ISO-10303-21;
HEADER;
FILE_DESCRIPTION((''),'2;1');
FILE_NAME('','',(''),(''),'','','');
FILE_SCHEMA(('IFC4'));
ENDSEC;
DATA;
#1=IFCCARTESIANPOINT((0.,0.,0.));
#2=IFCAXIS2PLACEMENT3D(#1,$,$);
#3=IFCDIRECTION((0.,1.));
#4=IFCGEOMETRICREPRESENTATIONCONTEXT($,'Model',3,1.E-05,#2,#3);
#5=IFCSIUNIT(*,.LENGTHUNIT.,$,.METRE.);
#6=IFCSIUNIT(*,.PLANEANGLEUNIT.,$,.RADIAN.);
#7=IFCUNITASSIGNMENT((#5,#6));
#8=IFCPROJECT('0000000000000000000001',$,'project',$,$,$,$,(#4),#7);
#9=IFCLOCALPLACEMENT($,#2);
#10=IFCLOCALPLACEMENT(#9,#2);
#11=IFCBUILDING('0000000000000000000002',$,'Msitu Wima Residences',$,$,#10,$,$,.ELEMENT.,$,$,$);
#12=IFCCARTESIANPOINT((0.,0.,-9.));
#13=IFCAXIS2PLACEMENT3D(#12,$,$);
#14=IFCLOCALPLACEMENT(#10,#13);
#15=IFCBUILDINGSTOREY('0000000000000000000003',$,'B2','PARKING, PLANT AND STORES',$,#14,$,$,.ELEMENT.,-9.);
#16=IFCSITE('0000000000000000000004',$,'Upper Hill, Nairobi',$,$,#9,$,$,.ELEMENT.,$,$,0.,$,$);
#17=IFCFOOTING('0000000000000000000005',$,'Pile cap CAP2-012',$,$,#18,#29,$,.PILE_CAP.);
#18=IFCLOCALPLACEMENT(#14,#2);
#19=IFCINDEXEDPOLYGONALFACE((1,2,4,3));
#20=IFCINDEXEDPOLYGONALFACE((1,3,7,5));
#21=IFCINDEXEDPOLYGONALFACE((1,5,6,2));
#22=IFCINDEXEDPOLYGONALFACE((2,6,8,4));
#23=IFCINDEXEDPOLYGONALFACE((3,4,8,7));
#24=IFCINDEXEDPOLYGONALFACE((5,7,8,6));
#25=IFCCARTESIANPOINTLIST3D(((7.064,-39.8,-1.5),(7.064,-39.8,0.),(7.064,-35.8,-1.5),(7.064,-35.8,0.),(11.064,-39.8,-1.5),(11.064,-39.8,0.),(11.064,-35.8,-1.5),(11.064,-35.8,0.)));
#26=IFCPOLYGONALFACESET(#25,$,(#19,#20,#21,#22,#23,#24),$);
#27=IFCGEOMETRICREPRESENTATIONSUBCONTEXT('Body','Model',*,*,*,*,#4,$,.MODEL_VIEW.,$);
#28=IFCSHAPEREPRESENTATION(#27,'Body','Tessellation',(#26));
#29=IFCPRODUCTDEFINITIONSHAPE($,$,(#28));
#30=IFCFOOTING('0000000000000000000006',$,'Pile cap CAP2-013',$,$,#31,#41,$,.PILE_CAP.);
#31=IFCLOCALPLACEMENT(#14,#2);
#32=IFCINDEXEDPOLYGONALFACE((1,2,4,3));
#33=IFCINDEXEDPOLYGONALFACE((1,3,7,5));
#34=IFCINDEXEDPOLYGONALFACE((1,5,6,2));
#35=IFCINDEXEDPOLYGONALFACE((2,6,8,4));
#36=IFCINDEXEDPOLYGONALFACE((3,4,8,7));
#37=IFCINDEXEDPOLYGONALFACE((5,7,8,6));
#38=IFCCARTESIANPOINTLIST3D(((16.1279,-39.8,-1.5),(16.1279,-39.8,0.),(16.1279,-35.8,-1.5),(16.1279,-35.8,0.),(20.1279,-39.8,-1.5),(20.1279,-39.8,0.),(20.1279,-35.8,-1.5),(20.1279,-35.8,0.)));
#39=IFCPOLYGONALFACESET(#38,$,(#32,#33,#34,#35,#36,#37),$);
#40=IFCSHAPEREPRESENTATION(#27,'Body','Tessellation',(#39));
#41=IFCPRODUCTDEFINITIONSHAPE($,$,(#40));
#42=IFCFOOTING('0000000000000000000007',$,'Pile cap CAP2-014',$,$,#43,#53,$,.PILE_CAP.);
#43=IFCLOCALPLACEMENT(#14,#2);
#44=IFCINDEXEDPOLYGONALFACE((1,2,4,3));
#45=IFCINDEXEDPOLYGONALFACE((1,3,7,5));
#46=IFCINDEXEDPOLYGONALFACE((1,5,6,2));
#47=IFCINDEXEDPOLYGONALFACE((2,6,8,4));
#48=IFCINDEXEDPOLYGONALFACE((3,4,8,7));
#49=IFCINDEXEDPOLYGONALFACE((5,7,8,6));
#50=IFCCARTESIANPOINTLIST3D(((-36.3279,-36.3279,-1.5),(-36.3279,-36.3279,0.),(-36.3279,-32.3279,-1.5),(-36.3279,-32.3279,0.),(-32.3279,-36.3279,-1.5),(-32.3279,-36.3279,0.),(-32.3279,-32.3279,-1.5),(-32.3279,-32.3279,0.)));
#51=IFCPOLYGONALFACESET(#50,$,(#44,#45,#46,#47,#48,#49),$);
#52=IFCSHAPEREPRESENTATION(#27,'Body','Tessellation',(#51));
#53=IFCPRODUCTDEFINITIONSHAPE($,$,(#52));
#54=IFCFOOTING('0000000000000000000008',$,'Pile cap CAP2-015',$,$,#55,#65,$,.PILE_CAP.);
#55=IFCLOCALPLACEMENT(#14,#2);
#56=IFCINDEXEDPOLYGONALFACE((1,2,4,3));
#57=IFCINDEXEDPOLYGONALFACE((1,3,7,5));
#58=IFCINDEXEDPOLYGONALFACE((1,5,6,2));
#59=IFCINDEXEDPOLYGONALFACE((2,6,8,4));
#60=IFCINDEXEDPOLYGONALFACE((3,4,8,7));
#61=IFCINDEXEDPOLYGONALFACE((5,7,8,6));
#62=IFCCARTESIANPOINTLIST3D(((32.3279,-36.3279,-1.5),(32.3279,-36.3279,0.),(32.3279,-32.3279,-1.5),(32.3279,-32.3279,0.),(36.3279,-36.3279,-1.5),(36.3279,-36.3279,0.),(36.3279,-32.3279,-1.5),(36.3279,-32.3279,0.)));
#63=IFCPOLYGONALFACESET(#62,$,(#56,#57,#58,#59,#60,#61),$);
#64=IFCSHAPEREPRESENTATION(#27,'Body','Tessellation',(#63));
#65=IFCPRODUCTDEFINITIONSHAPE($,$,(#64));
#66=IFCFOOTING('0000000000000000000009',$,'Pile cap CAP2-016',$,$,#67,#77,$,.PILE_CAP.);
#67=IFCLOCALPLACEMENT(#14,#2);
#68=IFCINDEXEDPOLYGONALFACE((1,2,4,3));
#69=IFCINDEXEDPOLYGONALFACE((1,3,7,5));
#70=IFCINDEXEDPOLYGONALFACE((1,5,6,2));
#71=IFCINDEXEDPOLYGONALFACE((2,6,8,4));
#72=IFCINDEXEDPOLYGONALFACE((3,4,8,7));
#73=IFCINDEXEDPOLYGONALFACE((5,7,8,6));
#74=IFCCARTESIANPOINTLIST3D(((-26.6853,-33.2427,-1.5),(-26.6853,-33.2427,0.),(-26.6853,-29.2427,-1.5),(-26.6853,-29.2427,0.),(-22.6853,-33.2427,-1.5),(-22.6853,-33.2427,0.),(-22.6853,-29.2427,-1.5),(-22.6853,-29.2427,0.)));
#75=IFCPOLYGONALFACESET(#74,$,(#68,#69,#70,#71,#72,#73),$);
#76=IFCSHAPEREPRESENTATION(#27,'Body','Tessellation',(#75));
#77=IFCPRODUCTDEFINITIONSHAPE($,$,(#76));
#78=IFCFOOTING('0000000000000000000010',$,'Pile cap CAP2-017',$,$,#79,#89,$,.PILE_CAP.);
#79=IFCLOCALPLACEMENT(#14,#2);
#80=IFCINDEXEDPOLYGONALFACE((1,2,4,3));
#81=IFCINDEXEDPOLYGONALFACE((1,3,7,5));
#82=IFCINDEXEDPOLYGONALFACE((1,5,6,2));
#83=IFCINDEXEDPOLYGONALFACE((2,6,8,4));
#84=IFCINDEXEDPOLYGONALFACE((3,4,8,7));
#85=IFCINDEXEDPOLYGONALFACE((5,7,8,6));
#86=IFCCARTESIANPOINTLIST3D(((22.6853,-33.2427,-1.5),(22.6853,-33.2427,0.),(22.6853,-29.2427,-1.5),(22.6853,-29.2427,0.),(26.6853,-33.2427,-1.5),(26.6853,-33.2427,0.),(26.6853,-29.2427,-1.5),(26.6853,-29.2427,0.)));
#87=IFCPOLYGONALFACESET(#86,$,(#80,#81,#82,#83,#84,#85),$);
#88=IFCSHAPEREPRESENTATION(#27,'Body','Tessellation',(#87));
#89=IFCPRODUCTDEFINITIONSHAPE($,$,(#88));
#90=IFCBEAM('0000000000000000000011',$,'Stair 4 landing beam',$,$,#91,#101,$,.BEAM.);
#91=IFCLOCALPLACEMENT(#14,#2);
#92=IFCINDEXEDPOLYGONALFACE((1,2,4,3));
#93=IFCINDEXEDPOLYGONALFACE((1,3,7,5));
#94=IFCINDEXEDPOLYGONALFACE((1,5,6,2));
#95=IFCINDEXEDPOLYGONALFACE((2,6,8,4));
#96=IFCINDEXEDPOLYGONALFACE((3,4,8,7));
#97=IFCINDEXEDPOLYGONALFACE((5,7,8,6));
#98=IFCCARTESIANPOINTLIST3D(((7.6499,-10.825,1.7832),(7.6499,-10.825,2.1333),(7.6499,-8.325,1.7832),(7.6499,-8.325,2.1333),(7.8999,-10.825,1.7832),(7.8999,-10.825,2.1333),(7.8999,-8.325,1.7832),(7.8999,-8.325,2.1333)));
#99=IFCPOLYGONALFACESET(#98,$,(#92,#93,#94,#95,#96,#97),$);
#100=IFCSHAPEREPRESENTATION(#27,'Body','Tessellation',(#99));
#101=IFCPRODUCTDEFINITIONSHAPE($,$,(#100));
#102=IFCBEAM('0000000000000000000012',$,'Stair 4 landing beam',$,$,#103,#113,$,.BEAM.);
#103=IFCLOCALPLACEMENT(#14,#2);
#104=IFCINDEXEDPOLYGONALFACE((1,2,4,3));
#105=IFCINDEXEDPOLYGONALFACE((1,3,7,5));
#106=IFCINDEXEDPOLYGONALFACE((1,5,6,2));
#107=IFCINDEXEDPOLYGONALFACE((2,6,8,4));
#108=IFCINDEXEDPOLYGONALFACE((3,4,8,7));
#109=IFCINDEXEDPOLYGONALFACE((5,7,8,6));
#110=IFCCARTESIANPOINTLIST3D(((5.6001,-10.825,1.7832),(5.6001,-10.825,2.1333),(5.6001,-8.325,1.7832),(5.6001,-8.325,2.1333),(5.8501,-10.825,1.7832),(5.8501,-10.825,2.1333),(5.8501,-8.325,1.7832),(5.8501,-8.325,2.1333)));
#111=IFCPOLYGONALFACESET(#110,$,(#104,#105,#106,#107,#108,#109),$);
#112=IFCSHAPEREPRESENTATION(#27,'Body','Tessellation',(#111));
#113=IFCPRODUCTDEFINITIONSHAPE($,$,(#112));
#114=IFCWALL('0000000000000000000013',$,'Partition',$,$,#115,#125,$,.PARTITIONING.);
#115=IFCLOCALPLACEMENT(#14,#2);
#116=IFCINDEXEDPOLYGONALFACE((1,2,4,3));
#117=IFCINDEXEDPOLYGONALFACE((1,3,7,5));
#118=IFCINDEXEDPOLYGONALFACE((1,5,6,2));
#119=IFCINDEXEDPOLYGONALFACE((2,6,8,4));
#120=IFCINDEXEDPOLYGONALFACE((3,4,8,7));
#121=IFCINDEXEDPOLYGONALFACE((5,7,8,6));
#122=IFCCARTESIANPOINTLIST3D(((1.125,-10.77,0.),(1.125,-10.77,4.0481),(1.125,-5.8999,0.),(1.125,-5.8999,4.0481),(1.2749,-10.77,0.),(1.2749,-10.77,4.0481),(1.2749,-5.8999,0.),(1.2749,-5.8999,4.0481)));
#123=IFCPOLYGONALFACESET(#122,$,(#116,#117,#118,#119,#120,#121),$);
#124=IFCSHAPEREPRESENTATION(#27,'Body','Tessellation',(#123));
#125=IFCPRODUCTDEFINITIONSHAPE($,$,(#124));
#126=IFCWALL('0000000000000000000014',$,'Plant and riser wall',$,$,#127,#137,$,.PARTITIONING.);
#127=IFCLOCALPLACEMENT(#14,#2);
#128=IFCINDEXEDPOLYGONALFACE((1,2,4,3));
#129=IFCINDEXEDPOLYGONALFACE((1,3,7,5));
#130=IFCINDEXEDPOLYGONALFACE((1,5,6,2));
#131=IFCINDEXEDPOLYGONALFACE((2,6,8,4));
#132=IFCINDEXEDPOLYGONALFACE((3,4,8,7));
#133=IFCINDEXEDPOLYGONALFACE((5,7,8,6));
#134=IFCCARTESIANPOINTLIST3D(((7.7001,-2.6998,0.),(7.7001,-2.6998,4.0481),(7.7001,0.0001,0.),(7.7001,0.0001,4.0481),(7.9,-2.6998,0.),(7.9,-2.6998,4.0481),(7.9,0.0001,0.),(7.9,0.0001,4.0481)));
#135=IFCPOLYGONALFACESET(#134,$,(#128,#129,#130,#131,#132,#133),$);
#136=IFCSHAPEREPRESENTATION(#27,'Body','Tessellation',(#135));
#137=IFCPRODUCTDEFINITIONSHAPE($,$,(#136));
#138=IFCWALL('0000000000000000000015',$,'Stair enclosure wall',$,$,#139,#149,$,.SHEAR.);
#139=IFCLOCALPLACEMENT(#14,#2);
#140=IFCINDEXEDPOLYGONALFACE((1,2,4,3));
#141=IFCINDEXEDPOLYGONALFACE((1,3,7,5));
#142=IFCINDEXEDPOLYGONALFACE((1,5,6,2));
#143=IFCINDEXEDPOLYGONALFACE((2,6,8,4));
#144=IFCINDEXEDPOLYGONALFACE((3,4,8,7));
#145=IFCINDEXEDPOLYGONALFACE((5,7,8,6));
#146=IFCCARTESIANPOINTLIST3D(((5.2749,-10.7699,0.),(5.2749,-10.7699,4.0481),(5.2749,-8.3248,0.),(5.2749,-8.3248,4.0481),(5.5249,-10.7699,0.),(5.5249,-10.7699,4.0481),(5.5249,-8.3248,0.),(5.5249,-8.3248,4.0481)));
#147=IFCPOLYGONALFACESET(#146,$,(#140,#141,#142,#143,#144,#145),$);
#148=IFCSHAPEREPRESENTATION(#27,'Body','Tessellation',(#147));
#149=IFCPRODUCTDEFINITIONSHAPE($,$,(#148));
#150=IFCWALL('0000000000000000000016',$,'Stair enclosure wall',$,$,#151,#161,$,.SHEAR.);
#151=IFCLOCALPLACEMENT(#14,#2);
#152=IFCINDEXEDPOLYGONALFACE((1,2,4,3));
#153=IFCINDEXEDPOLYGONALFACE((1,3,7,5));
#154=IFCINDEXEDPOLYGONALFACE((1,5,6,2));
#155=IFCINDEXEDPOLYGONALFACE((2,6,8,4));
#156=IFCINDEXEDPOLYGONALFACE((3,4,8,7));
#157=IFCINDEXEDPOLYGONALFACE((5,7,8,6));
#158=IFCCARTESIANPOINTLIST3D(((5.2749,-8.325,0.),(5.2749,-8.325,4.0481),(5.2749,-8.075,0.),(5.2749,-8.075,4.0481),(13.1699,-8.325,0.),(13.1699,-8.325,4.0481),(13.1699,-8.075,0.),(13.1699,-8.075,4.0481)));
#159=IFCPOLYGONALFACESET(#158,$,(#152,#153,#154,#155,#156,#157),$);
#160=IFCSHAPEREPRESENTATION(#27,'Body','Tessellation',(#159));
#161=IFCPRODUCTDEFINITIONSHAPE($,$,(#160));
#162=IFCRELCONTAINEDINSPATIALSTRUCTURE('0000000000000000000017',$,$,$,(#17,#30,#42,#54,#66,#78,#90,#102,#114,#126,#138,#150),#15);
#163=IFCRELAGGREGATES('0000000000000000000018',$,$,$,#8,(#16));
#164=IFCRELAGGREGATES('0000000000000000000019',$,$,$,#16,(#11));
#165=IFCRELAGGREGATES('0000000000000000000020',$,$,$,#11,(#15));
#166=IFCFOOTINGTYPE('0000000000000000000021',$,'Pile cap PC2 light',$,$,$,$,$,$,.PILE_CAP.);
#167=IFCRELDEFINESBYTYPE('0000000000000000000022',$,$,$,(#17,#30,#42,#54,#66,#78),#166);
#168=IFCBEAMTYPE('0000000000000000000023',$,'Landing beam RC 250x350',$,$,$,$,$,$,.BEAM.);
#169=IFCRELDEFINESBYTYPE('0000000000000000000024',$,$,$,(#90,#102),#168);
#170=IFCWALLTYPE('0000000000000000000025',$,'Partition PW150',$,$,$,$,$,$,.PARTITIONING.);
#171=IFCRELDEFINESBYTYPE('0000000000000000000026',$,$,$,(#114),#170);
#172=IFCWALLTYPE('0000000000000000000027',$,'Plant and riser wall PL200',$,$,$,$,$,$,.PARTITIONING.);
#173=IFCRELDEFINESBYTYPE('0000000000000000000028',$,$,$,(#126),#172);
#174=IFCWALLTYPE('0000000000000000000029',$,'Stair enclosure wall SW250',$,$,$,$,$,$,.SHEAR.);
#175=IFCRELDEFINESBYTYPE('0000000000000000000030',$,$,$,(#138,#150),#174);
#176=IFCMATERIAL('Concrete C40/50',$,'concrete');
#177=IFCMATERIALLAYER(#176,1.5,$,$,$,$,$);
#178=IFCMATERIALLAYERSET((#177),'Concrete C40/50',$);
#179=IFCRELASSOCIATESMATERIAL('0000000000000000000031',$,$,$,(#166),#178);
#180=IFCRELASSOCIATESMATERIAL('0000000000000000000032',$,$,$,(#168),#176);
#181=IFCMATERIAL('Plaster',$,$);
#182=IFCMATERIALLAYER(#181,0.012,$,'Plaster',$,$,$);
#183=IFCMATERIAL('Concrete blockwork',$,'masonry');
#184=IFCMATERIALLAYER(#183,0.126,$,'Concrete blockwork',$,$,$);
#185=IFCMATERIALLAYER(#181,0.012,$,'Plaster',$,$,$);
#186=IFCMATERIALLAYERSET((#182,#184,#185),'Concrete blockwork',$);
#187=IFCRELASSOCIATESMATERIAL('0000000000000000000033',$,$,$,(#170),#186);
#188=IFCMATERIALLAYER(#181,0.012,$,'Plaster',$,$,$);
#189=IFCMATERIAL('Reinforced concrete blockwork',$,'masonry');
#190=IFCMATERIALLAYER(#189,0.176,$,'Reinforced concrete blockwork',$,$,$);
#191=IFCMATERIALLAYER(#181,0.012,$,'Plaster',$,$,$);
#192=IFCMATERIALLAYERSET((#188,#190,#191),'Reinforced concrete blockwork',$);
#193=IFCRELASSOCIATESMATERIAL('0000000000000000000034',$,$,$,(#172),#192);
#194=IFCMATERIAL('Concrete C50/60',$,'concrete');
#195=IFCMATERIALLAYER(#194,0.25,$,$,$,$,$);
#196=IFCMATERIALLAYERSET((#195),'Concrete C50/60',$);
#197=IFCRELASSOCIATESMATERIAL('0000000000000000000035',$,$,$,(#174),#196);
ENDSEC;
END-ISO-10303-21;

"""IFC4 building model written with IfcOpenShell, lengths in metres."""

from ifc_helpers import new_model, si_unit, direction, frame, frame_2d, origin, origin_2d, place, context, subcontext, project, spatial, polyline, rectangle, outline, extrude, material, layer, layer_set, material_profile, profile_set, type_object, element, save


model = new_model("IFC4")

# Units and contexts
model_context = context("Model", 3, precision=1e-05, world=origin(), true_north=direction((0.0, 1.0)))
body_context = subcontext(model_context, "Body", "Model", "MODEL_VIEW")
ifc_project = project(units=[si_unit("LENGTHUNIT", "METRE"), si_unit("PLANEANGLEUNIT", "RADIAN")], contexts=[model_context])

# Site, building, storey
site_placement = place(None, origin())
site = spatial("IfcSite", under=ifc_project, at=site_placement, Name="Upper Hill, Nairobi", CompositionType="ELEMENT", RefElevation=0.0)
building_placement = place(site_placement, origin())
building = spatial("IfcBuilding", under=site, at=building_placement, Name="Msitu Wima Residences", CompositionType="ELEMENT")
storey_placement = place(building_placement, frame((0.0, 0.0, -9.0)))
storey = spatial("IfcBuildingStorey", under=building, at=storey_placement, Name="B2", Description="PARKING, PLANT AND STORES", CompositionType="ELEMENT", Elevation=-9.0)

# Shared definitions
ifc_material_1 = material(Name="Concrete C40/50", Category="concrete")

# Footings
ifc_layer_1 = layer(ifc_material_1, 1.5)
ifc_layer_set_1 = layer_set([ifc_layer_1], Name="Concrete C40/50")
footing_type_1 = type_object("IfcFootingType", Name="Pile cap PC2 light", PredefinedType="PILE_CAP", material=ifc_layer_set_1)
footing_1_placement = place(storey_placement, frame((0.0, 0.0, -1.5)))
element("IfcFooting", 1, at=footing_1_placement, inside=storey, type_object=footing_type_1, Name="Pile cap CAP2-012", PredefinedType="PILE_CAP", context=body_context, shape_type="SweptSolid", body=[
    extrude(outline(polyline([(11.064, -39.8), (11.064, -35.8), (7.064, -35.8), (7.064, -39.8), (11.064, -39.8)])), origin(), (0.0, 0.0, 1.0), 1.5),
])
footing_2_placement = place(storey_placement, frame((0.0, 0.0, -1.5)))
element("IfcFooting", 2, at=footing_2_placement, inside=storey, type_object=footing_type_1, Name="Pile cap CAP2-013", PredefinedType="PILE_CAP", context=body_context, shape_type="SweptSolid", body=[
    extrude(outline(polyline([(20.1279, -39.8), (20.1279, -35.8), (16.1279, -35.8), (16.1279, -39.8), (20.1279, -39.8)])), origin(), (0.0, 0.0, 1.0), 1.5),
])
footing_3_placement = place(storey_placement, frame((0.0, 0.0, -1.5)))
element("IfcFooting", 3, at=footing_3_placement, inside=storey, type_object=footing_type_1, Name="Pile cap CAP2-014", PredefinedType="PILE_CAP", context=body_context, shape_type="SweptSolid", body=[
    extrude(outline(polyline([(-32.3279, -36.3279), (-32.3279, -32.3279), (-36.3279, -32.3279), (-36.3279, -36.3279), (-32.3279, -36.3279)])), origin(), (0.0, 0.0, 1.0), 1.5),
])
footing_4_placement = place(storey_placement, frame((0.0, 0.0, -1.5)))
element("IfcFooting", 4, at=footing_4_placement, inside=storey, type_object=footing_type_1, Name="Pile cap CAP2-015", PredefinedType="PILE_CAP", context=body_context, shape_type="SweptSolid", body=[
    extrude(outline(polyline([(36.3279, -36.3279), (36.3279, -32.3279), (32.3279, -32.3279), (32.3279, -36.3279), (36.3279, -36.3279)])), origin(), (0.0, 0.0, 1.0), 1.5),
])
footing_5_placement = place(storey_placement, frame((0.0, 0.0, -1.5)))
element("IfcFooting", 5, at=footing_5_placement, inside=storey, type_object=footing_type_1, Name="Pile cap CAP2-016", PredefinedType="PILE_CAP", context=body_context, shape_type="SweptSolid", body=[
    extrude(outline(polyline([(-22.6853, -33.2427), (-22.6853, -29.2427), (-26.6853, -29.2427), (-26.6853, -33.2427), (-22.6853, -33.2427)])), origin(), (0.0, 0.0, 1.0), 1.5),
])
footing_6_placement = place(storey_placement, frame((0.0, 0.0, -1.5)))
element("IfcFooting", 6, at=footing_6_placement, inside=storey, type_object=footing_type_1, Name="Pile cap CAP2-017", PredefinedType="PILE_CAP", context=body_context, shape_type="SweptSolid", body=[
    extrude(outline(polyline([(26.6853, -33.2427), (26.6853, -29.2427), (22.6853, -29.2427), (22.6853, -33.2427), (26.6853, -33.2427)])), origin(), (0.0, 0.0, 1.0), 1.5),
])

# Beams
ifc_material_profile = material_profile(ifc_material_1, rectangle(XDim=0.25, YDim=0.3501, at=origin_2d()), Name="RC 250x350")
ifc_profile_set = profile_set([ifc_material_profile], Name="Concrete C40/50")
beam_type = type_object("IfcBeamType", Name="Landing beam RC 250x350", PredefinedType="BEAM", material=ifc_profile_set)
for number, where, z_axis, x_axis, name in (
    (7, (7.7749, -10.825, 1.9583), (0.0, 1.0, 0.0), (-1.0, 0.0, 0.0), "Stair 4 landing beam"),
    (8, (5.7251, -10.825, 1.9583), (0.0, 1.0, 0.0), (-1.0, 0.0, 0.0), "Stair 4 landing beam"),
):
    element("IfcBeam", number, at=place(storey_placement, frame(where, z_axis=z_axis, x_axis=x_axis)), inside=storey, type_object=beam_type, Name=name, PredefinedType="BEAM", context=body_context, shape_type="SweptSolid", body=[
        extrude(rectangle(XDim=0.25, YDim=0.3501, at=origin_2d()), origin(), (0.0, 0.0, 1.0), 2.5),
    ])

# Walls
ifc_material_2 = material(Name="Plaster")
ifc_layer_2 = layer(ifc_material_2, 0.012, Name="Plaster")
ifc_material_3 = material(Name="Concrete blockwork", Category="masonry")
ifc_layer_3 = layer(ifc_material_3, 0.126, Name="Concrete blockwork")
ifc_layer_4 = layer(ifc_material_2, 0.012, Name="Plaster")
ifc_layer_set_2 = layer_set([ifc_layer_2, ifc_layer_3, ifc_layer_4], Name="Concrete blockwork")
wall_type_1 = type_object("IfcWallType", Name="Partition PW150", PredefinedType="PARTITIONING", material=ifc_layer_set_2)
wall_1_placement = place(storey_placement, frame((1.2, -10.77, 0.0), z_axis=(0.0, 0.0, 1.0), x_axis=(0.0, 1.0, 0.0)))
element("IfcWall", 9, at=wall_1_placement, inside=storey, type_object=wall_type_1, Name="Partition", PredefinedType="PARTITIONING", context=body_context, shape_type="SweptSolid", body=[
    extrude(rectangle(XDim=4.8701, YDim=0.1499, at=frame_2d((2.4351, 0.0))), origin(), (0.0, 0.0, 1.0), 4.0481),
])
ifc_layer_5 = layer(ifc_material_2, 0.012, Name="Plaster")
ifc_material_4 = material(Name="Reinforced concrete blockwork", Category="masonry")
ifc_layer_6 = layer(ifc_material_4, 0.176, Name="Reinforced concrete blockwork")
ifc_layer_7 = layer(ifc_material_2, 0.012, Name="Plaster")
ifc_layer_set_3 = layer_set([ifc_layer_5, ifc_layer_6, ifc_layer_7], Name="Reinforced concrete blockwork")
wall_type_2 = type_object("IfcWallType", Name="Plant and riser wall PL200", PredefinedType="PARTITIONING", material=ifc_layer_set_3)
wall_2_placement = place(storey_placement, frame((7.8, -2.7, 0.0), z_axis=(0.0, 0.0, 1.0), x_axis=(0.0, 1.0, 0.0)))
element("IfcWall", 10, at=wall_2_placement, inside=storey, type_object=wall_type_2, Name="Plant and riser wall", PredefinedType="PARTITIONING", context=body_context, shape_type="SweptSolid", body=[
    extrude(rectangle(XDim=2.7, YDim=0.2, at=frame_2d((1.3501, 0.0))), origin(), (0.0, 0.0, 1.0), 4.0481),
])
ifc_material_5 = material(Name="Concrete C50/60", Category="concrete")
ifc_layer_8 = layer(ifc_material_5, 0.25)
ifc_layer_set_4 = layer_set([ifc_layer_8], Name="Concrete C50/60")
wall_type_3 = type_object("IfcWallType", Name="Stair enclosure wall SW250", PredefinedType="SHEAR", material=ifc_layer_set_4)
wall_3_placement = place(storey_placement, frame((5.3999, -10.77, 0.0), z_axis=(0.0, 0.0, 1.0), x_axis=(0.0, 1.0, 0.0)))
element("IfcWall", 11, at=wall_3_placement, inside=storey, type_object=wall_type_3, Name="Stair enclosure wall", PredefinedType="SHEAR", context=body_context, shape_type="SweptSolid", body=[
    extrude(rectangle(XDim=2.4451, YDim=0.25, at=frame_2d((1.2227, 0.0))), origin(), (0.0, 0.0, 1.0), 4.0481),
])
wall_4_placement = place(storey_placement, frame((5.2749, -8.2, 0.0), z_axis=(0.0, 0.0, 1.0), x_axis=(1.0, 0.0, 0.0)))
element("IfcWall", 12, at=wall_4_placement, inside=storey, type_object=wall_type_3, Name="Stair enclosure wall", PredefinedType="SHEAR", context=body_context, shape_type="SweptSolid", body=[
    extrude(rectangle(XDim=7.895, YDim=0.25, at=frame_2d((3.9475, 0.0))), origin(), (0.0, 0.0, 1.0), 4.0481),
])

save(model, "model.ifc")
